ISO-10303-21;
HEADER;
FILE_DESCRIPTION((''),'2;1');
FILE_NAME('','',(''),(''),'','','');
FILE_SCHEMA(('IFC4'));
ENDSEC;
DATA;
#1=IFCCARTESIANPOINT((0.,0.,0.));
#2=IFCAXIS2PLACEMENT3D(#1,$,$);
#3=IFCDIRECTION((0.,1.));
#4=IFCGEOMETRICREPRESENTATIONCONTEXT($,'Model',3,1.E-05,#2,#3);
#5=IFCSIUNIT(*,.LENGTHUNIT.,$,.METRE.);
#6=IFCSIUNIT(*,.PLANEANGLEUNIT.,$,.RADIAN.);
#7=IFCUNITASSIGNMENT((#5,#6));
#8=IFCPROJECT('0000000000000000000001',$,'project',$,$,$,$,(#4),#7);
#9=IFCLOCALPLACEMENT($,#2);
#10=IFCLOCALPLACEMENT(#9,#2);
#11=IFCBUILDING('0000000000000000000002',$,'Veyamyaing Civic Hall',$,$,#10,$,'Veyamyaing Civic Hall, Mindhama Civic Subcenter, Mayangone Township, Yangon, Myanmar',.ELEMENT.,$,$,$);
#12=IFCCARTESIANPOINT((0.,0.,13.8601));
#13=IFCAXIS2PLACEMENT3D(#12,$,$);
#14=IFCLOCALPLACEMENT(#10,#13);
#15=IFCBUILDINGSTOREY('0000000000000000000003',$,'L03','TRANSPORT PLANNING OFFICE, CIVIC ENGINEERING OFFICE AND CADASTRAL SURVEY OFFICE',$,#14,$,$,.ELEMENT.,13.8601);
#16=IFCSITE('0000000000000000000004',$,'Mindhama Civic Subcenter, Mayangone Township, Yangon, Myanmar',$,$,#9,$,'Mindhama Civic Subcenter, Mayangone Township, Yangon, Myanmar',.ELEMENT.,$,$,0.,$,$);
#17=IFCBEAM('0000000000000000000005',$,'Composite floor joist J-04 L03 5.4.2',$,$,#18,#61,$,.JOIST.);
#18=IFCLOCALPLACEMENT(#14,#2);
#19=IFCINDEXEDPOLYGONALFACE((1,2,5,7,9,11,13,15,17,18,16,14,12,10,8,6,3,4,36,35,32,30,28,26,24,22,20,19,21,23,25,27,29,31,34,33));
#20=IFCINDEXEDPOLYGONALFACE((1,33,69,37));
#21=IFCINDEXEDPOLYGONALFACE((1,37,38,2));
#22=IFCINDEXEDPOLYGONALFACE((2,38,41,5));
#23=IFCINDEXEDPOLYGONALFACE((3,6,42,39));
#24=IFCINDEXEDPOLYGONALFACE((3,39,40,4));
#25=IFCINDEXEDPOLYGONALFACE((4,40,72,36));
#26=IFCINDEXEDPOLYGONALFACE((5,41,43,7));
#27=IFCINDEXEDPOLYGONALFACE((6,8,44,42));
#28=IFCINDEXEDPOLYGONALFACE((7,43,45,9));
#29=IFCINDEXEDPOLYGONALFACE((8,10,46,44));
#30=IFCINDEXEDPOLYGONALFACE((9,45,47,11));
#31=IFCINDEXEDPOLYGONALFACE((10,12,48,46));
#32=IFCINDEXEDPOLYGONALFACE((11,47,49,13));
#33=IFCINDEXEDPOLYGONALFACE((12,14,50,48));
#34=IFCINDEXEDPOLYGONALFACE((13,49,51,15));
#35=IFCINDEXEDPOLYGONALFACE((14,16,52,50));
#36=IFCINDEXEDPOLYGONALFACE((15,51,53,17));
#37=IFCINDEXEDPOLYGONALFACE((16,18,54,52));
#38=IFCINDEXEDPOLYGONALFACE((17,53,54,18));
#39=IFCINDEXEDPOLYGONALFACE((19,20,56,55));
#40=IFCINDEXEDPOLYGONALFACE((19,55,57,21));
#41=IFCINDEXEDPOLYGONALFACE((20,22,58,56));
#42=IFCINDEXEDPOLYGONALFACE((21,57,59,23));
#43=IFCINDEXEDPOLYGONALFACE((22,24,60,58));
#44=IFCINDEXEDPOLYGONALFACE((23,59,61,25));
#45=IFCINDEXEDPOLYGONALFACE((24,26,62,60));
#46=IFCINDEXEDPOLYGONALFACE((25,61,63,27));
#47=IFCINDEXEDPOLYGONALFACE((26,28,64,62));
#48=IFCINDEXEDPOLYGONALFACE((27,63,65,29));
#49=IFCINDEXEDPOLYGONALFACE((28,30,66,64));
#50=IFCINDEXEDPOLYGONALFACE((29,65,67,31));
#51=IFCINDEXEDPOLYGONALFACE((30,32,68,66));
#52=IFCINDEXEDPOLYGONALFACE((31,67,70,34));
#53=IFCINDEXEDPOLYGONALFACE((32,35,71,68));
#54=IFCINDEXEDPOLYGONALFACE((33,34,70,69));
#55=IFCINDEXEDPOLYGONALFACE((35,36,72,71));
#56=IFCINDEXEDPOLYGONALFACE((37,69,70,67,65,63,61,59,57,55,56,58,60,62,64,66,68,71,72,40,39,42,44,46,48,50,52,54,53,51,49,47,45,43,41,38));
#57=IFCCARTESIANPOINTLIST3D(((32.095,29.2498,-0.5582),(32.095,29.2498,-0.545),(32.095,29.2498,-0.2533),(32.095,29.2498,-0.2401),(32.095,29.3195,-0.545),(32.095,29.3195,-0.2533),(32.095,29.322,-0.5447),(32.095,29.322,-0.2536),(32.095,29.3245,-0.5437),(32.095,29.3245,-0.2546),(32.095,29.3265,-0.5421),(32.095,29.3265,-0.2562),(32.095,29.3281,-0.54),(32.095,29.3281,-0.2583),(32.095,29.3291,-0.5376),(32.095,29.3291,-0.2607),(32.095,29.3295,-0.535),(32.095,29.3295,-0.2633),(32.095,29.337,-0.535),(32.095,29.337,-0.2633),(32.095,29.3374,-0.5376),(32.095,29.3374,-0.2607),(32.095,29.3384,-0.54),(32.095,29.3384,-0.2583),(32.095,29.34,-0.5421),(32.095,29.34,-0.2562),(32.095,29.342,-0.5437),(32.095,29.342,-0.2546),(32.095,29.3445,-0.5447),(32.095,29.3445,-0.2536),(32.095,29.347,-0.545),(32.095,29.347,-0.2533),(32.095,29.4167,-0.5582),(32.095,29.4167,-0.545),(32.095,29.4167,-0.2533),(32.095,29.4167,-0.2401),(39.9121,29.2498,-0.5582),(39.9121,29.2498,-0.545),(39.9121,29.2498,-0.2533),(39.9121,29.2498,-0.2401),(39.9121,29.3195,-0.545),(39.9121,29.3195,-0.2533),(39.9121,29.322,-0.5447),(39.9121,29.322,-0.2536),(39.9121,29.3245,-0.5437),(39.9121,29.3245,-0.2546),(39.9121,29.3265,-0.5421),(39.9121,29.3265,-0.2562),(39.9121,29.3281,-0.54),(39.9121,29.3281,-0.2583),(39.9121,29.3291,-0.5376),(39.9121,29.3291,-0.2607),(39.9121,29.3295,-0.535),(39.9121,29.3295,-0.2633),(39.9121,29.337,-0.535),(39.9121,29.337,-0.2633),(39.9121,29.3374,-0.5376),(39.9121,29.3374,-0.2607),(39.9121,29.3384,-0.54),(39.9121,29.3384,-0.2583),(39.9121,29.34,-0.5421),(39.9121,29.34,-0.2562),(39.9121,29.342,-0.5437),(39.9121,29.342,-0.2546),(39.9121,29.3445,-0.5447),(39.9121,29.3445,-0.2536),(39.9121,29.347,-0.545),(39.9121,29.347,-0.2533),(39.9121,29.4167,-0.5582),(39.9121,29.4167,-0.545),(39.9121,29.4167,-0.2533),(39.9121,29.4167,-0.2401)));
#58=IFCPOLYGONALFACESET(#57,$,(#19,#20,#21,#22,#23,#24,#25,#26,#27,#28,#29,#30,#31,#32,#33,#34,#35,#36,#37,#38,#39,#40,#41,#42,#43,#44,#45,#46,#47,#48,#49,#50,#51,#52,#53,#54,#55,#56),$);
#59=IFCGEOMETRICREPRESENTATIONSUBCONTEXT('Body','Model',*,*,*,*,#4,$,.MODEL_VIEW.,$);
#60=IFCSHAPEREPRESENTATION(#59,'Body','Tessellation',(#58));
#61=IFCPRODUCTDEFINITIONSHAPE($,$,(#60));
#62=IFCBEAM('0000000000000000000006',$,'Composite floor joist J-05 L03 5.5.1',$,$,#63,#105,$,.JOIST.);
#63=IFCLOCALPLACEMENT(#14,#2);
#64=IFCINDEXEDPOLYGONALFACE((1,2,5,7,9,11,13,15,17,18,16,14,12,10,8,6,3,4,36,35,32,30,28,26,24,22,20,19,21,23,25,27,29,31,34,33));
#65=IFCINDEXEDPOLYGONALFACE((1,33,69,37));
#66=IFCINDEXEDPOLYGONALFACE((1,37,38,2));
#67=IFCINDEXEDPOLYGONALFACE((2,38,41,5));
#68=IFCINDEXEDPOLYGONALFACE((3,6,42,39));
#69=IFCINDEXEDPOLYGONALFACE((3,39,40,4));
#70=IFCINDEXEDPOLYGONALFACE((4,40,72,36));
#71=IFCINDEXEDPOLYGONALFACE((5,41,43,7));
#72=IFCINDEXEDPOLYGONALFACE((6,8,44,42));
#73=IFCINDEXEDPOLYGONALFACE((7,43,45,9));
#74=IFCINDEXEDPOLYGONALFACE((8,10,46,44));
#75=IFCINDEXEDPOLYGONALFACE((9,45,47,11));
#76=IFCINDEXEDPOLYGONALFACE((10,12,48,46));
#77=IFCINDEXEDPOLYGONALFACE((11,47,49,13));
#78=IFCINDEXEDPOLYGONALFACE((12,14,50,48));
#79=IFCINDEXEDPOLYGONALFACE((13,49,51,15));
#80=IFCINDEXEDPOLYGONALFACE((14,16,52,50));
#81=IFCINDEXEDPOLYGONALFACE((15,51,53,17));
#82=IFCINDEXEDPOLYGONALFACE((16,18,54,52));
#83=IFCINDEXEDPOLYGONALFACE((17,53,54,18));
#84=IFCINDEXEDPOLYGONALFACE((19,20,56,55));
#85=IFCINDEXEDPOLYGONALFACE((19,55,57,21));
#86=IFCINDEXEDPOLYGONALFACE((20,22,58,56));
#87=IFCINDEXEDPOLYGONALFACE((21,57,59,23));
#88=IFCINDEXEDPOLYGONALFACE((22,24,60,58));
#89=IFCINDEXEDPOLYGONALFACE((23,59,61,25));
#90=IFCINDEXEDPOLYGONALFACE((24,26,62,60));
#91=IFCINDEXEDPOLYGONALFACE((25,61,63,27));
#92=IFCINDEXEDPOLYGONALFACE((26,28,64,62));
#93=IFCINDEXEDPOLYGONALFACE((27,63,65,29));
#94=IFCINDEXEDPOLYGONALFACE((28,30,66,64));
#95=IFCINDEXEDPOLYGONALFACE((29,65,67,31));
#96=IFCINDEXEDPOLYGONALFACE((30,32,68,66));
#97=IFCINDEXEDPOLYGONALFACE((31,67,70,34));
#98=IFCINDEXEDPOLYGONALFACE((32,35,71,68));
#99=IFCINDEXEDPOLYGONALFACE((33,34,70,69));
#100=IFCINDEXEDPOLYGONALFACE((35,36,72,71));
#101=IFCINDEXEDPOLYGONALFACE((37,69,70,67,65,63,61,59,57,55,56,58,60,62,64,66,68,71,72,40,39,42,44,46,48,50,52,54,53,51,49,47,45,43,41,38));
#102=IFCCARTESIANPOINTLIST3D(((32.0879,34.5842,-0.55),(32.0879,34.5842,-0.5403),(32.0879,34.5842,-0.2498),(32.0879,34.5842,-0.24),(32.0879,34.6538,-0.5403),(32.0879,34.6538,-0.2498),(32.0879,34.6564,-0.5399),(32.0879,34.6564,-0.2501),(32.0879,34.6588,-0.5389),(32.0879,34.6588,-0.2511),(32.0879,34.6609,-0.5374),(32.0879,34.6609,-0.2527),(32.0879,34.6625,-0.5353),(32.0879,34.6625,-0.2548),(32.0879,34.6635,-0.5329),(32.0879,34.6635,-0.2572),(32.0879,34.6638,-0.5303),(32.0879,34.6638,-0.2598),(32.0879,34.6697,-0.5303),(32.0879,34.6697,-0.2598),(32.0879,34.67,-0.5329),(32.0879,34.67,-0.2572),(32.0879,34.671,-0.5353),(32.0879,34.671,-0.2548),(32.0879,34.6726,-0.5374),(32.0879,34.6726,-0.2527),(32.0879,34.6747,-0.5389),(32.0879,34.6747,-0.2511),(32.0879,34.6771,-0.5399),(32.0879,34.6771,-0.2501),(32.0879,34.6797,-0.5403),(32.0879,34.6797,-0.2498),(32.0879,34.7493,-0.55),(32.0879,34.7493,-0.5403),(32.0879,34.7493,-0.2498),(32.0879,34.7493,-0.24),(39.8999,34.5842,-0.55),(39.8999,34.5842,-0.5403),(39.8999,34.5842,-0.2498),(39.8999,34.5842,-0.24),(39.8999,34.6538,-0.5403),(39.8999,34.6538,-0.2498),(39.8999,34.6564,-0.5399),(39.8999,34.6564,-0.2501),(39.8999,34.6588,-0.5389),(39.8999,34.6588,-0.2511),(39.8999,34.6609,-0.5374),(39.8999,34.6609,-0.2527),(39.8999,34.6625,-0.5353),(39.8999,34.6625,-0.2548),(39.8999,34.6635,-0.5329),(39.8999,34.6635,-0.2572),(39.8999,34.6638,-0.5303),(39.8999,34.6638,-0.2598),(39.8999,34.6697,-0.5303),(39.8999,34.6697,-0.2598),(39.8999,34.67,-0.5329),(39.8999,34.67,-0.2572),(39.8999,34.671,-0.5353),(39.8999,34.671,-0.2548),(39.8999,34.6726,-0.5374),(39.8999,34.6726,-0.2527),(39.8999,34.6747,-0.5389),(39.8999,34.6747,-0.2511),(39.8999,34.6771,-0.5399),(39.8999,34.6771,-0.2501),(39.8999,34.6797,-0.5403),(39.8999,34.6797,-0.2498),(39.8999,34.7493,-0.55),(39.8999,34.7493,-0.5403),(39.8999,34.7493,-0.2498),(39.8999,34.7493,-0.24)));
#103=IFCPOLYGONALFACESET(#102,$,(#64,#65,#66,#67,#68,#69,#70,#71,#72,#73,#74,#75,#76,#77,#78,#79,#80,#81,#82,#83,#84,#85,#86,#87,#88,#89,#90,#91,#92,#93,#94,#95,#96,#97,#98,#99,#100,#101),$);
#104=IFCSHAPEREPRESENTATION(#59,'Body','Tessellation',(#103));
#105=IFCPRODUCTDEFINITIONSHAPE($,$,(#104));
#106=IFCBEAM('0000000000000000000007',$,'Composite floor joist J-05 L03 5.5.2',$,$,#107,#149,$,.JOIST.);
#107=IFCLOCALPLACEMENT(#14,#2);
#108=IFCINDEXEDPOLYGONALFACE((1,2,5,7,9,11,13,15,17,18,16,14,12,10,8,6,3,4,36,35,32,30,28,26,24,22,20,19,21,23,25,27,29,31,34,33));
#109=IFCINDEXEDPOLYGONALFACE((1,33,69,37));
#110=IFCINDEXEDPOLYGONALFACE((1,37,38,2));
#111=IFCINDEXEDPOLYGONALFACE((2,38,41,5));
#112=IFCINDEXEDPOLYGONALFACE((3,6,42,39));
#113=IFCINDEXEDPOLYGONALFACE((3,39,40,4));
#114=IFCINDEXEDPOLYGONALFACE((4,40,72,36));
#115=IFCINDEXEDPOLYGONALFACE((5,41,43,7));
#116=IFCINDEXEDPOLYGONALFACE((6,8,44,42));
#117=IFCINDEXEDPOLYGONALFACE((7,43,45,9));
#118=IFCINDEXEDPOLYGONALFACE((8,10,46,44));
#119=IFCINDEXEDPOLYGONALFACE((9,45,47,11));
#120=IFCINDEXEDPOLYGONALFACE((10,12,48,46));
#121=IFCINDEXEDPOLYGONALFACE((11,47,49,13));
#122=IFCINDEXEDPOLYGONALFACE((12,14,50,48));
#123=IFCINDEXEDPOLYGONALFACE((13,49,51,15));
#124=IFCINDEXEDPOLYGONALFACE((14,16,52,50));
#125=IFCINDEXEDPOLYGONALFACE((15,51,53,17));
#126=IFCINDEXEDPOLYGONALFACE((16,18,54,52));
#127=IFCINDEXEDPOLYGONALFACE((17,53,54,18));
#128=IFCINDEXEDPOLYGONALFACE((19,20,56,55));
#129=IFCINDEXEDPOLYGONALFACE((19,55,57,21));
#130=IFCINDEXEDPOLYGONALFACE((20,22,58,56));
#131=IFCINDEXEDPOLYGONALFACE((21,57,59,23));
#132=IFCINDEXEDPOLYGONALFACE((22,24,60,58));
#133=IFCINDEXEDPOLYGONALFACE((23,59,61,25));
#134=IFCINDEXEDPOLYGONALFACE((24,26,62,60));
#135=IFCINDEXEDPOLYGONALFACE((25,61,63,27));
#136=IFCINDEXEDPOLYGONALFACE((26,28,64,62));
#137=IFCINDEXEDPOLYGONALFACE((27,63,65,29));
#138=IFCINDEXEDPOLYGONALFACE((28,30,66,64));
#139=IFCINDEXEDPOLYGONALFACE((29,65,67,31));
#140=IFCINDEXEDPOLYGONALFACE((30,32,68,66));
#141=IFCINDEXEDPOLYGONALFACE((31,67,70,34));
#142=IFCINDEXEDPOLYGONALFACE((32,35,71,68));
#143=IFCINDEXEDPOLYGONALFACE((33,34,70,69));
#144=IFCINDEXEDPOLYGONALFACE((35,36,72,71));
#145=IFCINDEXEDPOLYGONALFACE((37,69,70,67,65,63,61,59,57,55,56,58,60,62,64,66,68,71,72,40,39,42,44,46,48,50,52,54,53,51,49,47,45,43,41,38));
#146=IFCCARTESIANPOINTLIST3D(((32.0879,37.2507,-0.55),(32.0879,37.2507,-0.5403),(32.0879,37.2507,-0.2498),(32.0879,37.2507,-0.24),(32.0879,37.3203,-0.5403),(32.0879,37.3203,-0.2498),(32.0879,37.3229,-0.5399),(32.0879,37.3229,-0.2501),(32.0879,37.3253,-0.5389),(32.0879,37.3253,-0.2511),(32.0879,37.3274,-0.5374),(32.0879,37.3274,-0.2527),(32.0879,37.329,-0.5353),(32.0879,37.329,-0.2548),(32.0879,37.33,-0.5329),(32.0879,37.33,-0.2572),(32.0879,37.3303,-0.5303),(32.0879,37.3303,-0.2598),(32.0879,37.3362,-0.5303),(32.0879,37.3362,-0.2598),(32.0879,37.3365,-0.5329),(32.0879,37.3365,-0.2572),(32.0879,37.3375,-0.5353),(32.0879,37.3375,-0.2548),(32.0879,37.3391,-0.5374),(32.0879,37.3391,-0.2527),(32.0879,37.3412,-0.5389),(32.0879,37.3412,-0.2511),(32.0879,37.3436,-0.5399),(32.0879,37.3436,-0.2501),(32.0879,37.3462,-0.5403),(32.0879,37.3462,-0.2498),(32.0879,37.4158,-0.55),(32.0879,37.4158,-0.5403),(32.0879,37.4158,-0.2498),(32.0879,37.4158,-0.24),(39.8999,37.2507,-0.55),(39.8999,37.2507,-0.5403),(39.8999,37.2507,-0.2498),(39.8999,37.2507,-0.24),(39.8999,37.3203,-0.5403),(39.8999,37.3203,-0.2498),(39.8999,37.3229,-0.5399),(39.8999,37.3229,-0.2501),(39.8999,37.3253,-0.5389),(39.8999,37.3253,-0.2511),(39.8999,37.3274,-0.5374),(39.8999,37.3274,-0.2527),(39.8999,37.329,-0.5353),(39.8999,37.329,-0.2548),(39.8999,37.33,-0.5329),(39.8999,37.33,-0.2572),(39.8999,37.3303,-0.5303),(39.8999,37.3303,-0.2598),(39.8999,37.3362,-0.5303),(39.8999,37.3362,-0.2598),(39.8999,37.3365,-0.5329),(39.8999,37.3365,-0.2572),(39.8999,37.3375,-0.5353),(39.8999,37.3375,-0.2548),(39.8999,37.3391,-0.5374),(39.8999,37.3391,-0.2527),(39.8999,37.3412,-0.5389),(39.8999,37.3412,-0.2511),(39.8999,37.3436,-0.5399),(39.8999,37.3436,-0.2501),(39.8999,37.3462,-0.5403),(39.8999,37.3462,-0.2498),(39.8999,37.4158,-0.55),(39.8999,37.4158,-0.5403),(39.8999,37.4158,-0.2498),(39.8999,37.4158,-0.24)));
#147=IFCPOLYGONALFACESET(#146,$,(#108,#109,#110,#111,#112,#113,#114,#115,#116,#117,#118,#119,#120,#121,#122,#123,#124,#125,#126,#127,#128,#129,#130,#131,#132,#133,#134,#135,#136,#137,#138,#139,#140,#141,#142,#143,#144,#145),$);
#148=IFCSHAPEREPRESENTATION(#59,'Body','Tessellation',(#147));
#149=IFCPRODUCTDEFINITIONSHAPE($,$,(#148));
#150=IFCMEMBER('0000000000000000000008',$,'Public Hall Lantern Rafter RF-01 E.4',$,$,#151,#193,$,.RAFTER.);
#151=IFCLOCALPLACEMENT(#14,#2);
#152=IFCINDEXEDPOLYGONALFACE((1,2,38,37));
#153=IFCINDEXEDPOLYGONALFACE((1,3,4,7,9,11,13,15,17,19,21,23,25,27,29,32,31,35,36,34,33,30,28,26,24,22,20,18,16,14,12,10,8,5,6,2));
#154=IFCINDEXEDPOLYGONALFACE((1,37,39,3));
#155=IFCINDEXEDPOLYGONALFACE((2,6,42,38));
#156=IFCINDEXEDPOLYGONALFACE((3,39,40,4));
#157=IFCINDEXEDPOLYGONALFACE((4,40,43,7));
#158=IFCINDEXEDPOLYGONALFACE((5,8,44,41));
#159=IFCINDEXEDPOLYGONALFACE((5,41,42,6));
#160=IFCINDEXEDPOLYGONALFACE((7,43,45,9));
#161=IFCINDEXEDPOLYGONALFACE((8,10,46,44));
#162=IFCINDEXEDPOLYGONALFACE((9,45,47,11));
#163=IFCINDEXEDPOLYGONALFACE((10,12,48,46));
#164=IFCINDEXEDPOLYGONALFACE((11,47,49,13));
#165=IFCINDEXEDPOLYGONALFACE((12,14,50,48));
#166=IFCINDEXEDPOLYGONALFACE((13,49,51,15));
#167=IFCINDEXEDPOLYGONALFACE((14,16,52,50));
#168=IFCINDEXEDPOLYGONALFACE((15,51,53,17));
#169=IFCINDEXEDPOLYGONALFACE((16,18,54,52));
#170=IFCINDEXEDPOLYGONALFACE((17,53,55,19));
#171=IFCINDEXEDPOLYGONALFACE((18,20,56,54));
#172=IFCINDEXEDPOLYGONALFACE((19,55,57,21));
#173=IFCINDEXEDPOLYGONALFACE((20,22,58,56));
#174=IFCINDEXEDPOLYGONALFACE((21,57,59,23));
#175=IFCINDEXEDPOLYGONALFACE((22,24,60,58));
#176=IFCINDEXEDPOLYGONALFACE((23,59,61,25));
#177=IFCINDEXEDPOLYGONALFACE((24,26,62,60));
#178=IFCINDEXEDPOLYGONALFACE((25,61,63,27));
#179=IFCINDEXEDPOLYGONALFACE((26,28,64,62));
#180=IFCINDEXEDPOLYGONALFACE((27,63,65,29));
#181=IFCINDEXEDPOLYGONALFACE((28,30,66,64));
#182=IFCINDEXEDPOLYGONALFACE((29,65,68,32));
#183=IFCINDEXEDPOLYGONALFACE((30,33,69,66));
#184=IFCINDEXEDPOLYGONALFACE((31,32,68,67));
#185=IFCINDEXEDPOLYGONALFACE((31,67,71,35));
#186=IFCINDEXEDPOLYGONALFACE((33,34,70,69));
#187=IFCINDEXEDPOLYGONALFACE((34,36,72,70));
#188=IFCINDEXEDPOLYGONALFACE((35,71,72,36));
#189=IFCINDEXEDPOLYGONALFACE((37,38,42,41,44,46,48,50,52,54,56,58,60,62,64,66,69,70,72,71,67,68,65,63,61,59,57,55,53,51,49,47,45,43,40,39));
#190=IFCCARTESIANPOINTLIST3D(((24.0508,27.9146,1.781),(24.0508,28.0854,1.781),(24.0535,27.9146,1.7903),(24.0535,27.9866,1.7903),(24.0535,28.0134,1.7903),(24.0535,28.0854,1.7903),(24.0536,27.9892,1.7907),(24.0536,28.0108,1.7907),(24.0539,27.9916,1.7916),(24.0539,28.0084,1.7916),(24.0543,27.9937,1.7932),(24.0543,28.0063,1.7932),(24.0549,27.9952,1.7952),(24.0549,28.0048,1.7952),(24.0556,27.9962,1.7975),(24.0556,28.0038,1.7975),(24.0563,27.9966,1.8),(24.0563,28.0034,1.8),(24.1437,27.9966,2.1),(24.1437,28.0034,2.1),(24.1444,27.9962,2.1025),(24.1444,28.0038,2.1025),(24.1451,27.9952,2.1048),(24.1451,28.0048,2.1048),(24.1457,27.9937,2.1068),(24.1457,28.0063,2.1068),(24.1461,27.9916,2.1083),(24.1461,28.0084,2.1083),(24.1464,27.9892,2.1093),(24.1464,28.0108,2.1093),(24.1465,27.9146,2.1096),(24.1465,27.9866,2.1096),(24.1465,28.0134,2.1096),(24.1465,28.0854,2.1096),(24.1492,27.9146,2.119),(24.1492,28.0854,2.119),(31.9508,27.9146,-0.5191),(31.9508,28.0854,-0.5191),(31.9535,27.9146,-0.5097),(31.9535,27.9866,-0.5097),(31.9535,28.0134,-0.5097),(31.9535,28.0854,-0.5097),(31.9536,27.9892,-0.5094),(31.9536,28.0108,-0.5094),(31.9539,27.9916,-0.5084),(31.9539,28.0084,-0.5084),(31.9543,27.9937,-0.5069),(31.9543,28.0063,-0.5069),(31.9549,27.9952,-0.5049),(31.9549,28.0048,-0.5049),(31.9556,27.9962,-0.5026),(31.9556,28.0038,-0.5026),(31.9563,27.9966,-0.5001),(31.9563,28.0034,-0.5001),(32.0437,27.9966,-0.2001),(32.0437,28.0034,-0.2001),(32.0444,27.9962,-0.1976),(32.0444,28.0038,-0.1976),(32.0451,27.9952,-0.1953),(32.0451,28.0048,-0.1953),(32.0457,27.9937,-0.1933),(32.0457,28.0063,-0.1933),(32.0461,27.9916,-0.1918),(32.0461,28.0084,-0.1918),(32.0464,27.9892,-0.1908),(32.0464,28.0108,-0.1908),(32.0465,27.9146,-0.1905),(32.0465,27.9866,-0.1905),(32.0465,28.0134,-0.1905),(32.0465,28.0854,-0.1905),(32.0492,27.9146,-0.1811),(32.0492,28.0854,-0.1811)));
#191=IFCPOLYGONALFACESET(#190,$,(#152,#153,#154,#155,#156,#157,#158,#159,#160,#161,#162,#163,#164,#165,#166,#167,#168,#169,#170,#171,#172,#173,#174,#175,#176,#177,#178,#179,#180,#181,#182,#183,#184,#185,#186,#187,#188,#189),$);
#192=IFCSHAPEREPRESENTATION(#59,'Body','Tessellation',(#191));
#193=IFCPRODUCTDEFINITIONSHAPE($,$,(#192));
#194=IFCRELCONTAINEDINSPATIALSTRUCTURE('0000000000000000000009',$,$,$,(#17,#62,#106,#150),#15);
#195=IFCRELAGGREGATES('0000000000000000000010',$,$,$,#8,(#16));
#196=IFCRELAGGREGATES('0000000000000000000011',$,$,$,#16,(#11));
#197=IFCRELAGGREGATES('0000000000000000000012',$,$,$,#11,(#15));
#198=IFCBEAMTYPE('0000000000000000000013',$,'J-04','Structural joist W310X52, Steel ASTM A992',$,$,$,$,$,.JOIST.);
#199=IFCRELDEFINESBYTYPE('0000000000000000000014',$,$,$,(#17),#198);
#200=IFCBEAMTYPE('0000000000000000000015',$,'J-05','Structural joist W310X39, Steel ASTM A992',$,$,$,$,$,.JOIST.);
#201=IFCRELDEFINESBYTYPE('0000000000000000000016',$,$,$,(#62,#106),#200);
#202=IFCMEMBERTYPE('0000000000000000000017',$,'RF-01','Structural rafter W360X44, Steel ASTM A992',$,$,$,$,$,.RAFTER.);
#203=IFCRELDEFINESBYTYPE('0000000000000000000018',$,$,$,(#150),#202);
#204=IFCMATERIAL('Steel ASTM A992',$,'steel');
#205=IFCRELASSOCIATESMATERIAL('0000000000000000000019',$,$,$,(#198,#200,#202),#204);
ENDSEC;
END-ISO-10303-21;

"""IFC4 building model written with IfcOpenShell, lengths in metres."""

from ifc_helpers import new_model, si_unit, direction, frame, origin, origin_2d, place, context, subcontext, project, spatial, i_section, extrude, material, material_profile, profile_set, type_object, element, save


model = new_model("IFC4")

# Units and contexts
model_context = context("Model", 3, precision=1e-05, world=origin(), true_north=direction((0.0, 1.0)))
body_context = subcontext(model_context, "Body", "Model", "MODEL_VIEW")
ifc_project = project(units=[si_unit("LENGTHUNIT", "METRE"), si_unit("PLANEANGLEUNIT", "RADIAN")], contexts=[model_context])

# Site, building, storey
site_placement = place(None, origin())
site = spatial("IfcSite", under=ifc_project, at=site_placement, Name="Mindhama Civic Subcenter, Mayangone Township, Yangon, Myanmar", LongName="Mindhama Civic Subcenter, Mayangone Township, Yangon, Myanmar", CompositionType="ELEMENT", RefElevation=0.0)
building_placement = place(site_placement, origin())
building = spatial("IfcBuilding", under=site, at=building_placement, Name="Veyamyaing Civic Hall", LongName="Veyamyaing Civic Hall, Mindhama Civic Subcenter, Mayangone Township, Yangon, Myanmar", CompositionType="ELEMENT")
storey_placement = place(building_placement, frame((0.0, 0.0, 13.8601)))
storey = spatial("IfcBuildingStorey", under=building, at=storey_placement, Name="L03", Description="TRANSPORT PLANNING OFFICE, CIVIC ENGINEERING OFFICE AND CADASTRAL SURVEY OFFICE", CompositionType="ELEMENT", Elevation=13.8601)

# Beams
ifc_material_1 = material(Name="Steel ASTM A992", Category="steel")
ifc_material_profile_1 = material_profile(ifc_material_1, i_section(OverallWidth=0.167, OverallDepth=0.3181, WebThickness=0.0076, FlangeThickness=0.0132, FilletRadius=0.01, at=origin_2d()), Name="W310X52")
ifc_profile_set_1 = profile_set([ifc_material_profile_1], Name="Steel ASTM A992")
beam_type_1 = type_object("IfcBeamType", Name="J-04", Description="Structural joist W310X52, Steel ASTM A992", PredefinedType="JOIST", material=ifc_profile_set_1)
beam_1_placement = place(storey_placement, frame((32.095, 29.3333, -0.3992), z_axis=(1.0, 0.0, 0.0), x_axis=(0.0, 1.0, 0.0)))
element("IfcBeam", 1, at=beam_1_placement, inside=storey, type_object=beam_type_1, Name="Composite floor joist J-04 L03 5.4.2", PredefinedType="JOIST", context=body_context, shape_type="SweptSolid", body=[
    extrude(i_section(OverallWidth=0.167, OverallDepth=0.3181, WebThickness=0.0076, FlangeThickness=0.0132, FilletRadius=0.01, at=origin_2d()), origin(), (0.0, 0.0, 1.0), 7.8171),
])
ifc_material_profile_2 = material_profile(ifc_material_1, i_section(OverallWidth=0.165, OverallDepth=0.3101, WebThickness=0.0059, FlangeThickness=0.0098, FilletRadius=0.01, at=origin_2d()), Name="W310X39")
ifc_profile_set_2 = profile_set([ifc_material_profile_2], Name="Steel ASTM A992")
beam_type_2 = type_object("IfcBeamType", Name="J-05", Description="Structural joist W310X39, Steel ASTM A992", PredefinedType="JOIST", material=ifc_profile_set_2)
for number, where, z_axis, x_axis, name in (
    (2, (32.0879, 34.6667, -0.395), (1.0, 0.0, 0.0), (0.0, 1.0, 0.0), "Composite floor joist J-05 L03 5.5.1"),
    (3, (32.0879, 37.3333, -0.395), (1.0, 0.0, 0.0), (0.0, 1.0, 0.0), "Composite floor joist J-05 L03 5.5.2"),
):
    element("IfcBeam", number, at=place(storey_placement, frame(where, z_axis=z_axis, x_axis=x_axis)), inside=storey, type_object=beam_type_2, Name=name, PredefinedType="JOIST", context=body_context, shape_type="SweptSolid", body=[
        extrude(i_section(OverallWidth=0.165, OverallDepth=0.3101, WebThickness=0.0059, FlangeThickness=0.0098, FilletRadius=0.01, at=origin_2d()), origin(), (0.0, 0.0, 1.0), 7.812),
    ])

# Member
ifc_material_profile_3 = material_profile(ifc_material_1, i_section(OverallWidth=0.1709, OverallDepth=0.3521, WebThickness=0.0068, FlangeThickness=0.0098, FilletRadius=0.01, at=origin_2d()), Name="W360X44")
ifc_profile_set_3 = profile_set([ifc_material_profile_3], Name="Steel ASTM A992")
member_type = type_object("IfcMemberType", Name="RF-01", Description="Structural rafter W360X44, Steel ASTM A992", PredefinedType="RAFTER", material=ifc_profile_set_3)
for number, where, z_axis, x_axis, name in (
    (4, (32.0, 28.0, -0.3501), (-0.960133, 0.0, 0.279542), (0.0, -1.0, 0.0), "Public Hall Lantern Rafter RF-01 E.4"),
):
    element("IfcMember", number, at=place(storey_placement, frame(where, z_axis=z_axis, x_axis=x_axis)), inside=storey, type_object=member_type, Name=name, PredefinedType="RAFTER", context=body_context, shape_type="SweptSolid", body=[
        extrude(i_section(OverallWidth=0.1709, OverallDepth=0.3521, WebThickness=0.0068, FlangeThickness=0.0098, FilletRadius=0.01, at=origin_2d()), origin(), (0.0, 0.0, 1.0), 8.228),
    ])

save(model, "model.ifc")
